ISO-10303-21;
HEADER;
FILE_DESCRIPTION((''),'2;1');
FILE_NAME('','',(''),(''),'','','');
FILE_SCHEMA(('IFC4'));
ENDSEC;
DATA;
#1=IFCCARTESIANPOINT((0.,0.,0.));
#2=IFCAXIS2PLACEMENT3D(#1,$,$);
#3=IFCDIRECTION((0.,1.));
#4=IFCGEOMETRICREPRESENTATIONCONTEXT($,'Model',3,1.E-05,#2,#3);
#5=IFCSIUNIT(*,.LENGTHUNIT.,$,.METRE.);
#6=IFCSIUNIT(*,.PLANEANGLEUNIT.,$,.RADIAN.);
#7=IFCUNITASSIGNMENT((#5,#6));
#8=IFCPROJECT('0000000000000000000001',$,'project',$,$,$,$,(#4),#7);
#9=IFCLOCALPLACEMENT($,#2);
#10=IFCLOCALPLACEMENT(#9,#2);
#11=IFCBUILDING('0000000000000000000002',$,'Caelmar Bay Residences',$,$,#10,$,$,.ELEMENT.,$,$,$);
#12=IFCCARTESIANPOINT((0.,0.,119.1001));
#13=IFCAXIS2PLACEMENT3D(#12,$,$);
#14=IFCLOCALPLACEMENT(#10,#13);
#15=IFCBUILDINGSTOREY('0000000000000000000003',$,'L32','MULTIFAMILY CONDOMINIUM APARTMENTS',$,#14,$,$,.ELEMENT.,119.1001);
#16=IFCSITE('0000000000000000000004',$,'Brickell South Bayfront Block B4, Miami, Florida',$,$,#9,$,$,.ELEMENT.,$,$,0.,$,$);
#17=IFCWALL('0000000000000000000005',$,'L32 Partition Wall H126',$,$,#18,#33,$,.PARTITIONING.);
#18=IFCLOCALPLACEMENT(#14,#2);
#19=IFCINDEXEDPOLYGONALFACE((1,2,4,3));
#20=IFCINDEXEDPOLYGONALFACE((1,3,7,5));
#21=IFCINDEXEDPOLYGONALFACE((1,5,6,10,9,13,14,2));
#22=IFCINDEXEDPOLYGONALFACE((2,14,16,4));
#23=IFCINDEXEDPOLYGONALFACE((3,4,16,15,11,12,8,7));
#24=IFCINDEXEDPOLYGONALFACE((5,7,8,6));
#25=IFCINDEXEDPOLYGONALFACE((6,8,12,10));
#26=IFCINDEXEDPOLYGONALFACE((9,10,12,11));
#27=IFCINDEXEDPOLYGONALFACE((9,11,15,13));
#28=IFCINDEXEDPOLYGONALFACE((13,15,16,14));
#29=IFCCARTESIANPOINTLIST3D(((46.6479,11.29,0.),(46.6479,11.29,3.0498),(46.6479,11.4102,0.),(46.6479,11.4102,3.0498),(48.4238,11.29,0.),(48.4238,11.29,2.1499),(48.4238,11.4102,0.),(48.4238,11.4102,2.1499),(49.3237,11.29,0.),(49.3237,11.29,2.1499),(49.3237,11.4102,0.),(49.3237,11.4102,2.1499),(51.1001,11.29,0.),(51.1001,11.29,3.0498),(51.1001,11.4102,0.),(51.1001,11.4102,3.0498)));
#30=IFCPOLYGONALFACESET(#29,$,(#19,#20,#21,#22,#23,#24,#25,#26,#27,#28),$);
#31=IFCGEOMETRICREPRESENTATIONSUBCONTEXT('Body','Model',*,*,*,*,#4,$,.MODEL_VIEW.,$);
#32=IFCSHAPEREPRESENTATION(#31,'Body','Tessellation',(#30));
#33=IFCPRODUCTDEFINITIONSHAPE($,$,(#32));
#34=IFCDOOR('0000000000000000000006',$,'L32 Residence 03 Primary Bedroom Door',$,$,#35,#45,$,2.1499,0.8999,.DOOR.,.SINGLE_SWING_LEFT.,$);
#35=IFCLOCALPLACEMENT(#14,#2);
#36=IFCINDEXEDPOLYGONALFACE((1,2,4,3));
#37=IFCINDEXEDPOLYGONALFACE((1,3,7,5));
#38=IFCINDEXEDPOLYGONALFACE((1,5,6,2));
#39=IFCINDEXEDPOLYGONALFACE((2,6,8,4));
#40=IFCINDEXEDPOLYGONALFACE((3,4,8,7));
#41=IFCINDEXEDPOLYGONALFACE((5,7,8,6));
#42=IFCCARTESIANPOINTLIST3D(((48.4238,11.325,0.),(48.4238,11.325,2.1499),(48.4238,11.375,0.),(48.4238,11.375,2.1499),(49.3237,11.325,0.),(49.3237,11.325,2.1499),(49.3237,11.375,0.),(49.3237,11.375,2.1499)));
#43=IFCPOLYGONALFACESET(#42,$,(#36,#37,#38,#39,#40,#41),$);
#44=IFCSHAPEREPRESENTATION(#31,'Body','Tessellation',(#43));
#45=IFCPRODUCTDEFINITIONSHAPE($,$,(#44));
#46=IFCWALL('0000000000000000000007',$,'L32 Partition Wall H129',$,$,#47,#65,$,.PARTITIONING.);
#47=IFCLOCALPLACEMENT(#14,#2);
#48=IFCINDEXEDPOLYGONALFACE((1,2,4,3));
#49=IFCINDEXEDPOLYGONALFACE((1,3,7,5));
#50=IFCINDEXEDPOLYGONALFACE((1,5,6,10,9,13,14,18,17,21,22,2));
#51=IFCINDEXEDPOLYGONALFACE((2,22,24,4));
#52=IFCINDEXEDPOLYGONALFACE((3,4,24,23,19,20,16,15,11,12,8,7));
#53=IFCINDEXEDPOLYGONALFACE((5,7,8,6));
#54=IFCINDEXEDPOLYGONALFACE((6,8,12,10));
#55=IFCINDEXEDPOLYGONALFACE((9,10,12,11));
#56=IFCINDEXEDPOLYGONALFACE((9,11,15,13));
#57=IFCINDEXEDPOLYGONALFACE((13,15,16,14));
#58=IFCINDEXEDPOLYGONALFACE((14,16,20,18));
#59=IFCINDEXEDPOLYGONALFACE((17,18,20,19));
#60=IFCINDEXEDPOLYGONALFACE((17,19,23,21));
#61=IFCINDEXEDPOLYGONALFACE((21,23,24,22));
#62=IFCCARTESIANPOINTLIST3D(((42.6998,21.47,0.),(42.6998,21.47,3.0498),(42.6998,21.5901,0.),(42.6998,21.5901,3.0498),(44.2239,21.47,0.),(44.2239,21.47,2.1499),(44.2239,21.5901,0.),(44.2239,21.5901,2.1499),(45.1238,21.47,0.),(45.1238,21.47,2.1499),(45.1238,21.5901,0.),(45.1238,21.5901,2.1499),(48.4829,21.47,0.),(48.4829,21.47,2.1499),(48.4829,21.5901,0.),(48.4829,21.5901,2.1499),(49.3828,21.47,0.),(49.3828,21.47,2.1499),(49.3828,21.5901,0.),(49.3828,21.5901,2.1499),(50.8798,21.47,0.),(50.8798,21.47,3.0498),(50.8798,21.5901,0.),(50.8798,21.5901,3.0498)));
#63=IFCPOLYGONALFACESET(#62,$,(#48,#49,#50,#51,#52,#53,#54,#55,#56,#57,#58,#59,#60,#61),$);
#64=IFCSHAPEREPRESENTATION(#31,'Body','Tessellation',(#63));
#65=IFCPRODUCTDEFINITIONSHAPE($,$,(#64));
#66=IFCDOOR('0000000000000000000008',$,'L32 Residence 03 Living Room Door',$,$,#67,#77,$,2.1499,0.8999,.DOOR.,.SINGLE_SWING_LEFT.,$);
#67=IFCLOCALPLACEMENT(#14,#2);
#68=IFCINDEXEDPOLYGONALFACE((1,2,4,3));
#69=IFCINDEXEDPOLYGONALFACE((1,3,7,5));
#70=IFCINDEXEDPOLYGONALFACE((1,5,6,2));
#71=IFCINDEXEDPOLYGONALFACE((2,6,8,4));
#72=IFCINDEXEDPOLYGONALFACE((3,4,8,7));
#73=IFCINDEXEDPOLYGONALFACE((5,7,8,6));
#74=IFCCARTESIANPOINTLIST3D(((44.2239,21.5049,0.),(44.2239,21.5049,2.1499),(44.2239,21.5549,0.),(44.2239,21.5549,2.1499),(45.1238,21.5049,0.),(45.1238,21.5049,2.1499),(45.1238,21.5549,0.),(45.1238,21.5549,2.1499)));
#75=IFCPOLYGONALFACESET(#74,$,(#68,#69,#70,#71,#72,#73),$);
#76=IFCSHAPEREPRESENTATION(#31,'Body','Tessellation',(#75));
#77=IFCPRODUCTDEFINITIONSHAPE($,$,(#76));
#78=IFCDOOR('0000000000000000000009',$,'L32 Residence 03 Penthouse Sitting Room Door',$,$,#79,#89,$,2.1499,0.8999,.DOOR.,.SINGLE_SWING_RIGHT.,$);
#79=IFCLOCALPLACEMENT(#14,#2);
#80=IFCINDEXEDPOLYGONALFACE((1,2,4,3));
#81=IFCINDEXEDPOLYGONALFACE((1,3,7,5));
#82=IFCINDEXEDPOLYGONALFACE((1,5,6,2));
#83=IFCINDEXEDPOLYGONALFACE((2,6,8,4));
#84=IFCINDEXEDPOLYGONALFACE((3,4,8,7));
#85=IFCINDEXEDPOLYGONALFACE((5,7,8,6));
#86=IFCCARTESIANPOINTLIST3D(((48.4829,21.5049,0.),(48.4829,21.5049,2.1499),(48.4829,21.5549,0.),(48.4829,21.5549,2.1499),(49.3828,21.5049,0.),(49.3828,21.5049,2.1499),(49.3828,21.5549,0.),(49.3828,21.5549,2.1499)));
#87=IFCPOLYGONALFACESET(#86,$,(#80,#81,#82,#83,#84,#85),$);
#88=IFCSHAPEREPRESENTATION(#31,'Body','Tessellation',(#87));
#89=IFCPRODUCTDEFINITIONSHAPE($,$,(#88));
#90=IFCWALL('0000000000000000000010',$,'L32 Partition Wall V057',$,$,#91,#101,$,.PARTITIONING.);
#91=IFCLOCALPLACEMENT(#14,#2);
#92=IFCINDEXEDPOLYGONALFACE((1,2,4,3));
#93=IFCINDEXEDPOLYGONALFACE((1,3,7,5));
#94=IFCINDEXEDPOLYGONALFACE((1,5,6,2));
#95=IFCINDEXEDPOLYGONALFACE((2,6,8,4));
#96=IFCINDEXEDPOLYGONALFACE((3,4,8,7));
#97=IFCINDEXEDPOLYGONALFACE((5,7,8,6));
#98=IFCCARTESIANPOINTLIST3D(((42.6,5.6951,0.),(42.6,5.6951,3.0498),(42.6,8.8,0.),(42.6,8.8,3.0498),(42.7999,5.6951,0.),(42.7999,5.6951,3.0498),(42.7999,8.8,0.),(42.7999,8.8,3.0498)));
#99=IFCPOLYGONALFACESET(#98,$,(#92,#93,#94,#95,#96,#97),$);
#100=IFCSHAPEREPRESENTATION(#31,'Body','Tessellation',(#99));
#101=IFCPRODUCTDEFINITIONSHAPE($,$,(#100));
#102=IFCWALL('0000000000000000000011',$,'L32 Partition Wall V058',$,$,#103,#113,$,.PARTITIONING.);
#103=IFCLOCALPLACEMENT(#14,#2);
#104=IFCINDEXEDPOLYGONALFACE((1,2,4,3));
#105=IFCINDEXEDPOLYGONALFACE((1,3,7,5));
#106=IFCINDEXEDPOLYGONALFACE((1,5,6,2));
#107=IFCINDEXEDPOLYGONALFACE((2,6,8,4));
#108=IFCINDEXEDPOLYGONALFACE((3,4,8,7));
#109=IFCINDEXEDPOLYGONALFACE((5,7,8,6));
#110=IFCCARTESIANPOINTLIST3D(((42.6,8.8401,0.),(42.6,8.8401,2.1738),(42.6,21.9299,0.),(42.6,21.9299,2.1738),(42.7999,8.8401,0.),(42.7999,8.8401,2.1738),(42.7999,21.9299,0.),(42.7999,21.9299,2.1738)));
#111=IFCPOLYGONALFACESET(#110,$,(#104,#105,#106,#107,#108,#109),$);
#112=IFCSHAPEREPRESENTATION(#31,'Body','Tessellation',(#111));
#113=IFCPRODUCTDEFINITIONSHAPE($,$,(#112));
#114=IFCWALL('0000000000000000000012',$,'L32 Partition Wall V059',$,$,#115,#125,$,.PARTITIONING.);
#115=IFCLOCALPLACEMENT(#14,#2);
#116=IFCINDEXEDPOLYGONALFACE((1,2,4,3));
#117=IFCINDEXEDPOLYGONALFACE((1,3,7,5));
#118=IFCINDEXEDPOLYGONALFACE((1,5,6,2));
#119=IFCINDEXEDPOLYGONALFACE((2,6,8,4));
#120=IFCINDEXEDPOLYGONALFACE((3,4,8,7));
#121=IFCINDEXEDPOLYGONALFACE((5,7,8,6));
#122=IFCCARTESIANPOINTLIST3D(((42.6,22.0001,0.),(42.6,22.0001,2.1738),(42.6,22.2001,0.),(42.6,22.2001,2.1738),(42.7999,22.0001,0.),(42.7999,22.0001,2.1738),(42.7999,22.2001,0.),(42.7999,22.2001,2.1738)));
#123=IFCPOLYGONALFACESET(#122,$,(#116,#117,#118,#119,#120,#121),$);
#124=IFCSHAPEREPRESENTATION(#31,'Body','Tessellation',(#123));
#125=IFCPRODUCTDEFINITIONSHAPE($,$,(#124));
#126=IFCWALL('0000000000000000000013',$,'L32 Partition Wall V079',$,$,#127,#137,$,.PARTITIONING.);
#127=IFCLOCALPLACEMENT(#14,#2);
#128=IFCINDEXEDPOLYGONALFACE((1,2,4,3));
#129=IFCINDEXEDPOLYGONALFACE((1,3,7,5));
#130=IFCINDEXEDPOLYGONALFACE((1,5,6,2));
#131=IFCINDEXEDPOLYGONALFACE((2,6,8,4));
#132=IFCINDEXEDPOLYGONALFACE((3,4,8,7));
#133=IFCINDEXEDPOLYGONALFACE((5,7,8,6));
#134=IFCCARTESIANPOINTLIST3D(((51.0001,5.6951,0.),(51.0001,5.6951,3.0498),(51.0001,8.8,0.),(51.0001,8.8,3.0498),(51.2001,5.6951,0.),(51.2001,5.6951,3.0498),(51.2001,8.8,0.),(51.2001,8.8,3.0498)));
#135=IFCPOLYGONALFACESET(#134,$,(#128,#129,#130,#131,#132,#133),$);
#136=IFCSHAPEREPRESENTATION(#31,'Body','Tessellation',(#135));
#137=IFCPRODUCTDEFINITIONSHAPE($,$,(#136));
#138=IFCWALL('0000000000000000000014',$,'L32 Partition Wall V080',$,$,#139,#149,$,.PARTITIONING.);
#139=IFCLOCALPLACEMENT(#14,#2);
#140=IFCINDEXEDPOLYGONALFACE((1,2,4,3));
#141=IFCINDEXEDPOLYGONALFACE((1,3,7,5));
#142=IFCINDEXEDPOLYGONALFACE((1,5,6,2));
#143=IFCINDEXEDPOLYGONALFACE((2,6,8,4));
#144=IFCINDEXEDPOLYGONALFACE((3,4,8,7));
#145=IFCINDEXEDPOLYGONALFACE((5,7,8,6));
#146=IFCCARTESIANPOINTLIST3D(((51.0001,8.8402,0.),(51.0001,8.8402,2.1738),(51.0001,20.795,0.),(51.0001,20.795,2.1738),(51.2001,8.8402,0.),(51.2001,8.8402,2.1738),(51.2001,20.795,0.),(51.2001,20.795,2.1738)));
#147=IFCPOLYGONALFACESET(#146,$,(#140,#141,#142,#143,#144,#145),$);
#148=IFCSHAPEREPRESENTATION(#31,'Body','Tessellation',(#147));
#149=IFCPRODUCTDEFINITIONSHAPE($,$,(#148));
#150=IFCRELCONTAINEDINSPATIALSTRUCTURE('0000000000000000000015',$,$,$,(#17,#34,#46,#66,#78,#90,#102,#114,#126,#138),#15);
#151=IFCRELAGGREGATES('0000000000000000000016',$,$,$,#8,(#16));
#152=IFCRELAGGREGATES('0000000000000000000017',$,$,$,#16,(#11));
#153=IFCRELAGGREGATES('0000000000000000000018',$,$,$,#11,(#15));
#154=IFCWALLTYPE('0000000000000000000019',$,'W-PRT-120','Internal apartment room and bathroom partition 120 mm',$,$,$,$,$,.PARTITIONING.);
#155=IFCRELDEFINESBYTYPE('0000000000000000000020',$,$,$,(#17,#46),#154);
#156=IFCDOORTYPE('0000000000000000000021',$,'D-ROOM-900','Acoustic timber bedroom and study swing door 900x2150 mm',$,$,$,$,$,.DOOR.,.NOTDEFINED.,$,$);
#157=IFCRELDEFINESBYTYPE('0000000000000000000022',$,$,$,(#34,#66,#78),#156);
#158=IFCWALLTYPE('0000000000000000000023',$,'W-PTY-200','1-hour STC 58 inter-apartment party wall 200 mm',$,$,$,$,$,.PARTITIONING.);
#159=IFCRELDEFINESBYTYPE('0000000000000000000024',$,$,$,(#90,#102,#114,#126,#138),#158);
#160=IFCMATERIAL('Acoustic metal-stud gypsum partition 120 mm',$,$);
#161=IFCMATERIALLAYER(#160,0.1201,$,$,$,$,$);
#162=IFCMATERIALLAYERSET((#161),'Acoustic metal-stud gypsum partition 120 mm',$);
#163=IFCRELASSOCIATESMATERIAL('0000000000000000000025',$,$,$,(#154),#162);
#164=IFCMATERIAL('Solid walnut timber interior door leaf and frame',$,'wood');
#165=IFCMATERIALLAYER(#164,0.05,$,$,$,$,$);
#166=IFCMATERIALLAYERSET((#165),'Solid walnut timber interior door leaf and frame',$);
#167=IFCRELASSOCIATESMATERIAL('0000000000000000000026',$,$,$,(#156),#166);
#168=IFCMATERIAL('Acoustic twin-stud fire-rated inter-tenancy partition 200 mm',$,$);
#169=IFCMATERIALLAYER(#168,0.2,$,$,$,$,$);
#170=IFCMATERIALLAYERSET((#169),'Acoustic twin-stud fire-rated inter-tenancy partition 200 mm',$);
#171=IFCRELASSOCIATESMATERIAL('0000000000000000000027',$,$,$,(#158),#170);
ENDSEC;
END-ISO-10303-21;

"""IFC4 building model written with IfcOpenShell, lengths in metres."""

from ifc_helpers import new_model, si_unit, direction, frame, frame_2d, origin, place, context, subcontext, project, spatial, rectangle, extrude, material, layer, layer_set, type_object, element, fill, save


model = new_model("IFC4")

# Units and contexts
model_context = context("Model", 3, precision=1e-05, world=origin(), true_north=direction((0.0, 1.0)))
body_context = subcontext(model_context, "Body", "Model", "MODEL_VIEW")
ifc_project = project(units=[si_unit("LENGTHUNIT", "METRE"), si_unit("PLANEANGLEUNIT", "RADIAN")], contexts=[model_context])

# Site, building, storey
site_placement = place(None, origin())
site = spatial("IfcSite", under=ifc_project, at=site_placement, Name="Brickell South Bayfront Block B4, Miami, Florida", CompositionType="ELEMENT", RefElevation=0.0)
building_placement = place(site_placement, origin())
building = spatial("IfcBuilding", under=site, at=building_placement, Name="Caelmar Bay Residences", CompositionType="ELEMENT")
storey_placement = place(building_placement, frame((0.0, 0.0, 119.1001)))
storey = spatial("IfcBuildingStorey", under=building, at=storey_placement, Name="L32", Description="MULTIFAMILY CONDOMINIUM APARTMENTS", CompositionType="ELEMENT", Elevation=119.1001)

# Shared definitions
ifc_material_1 = material(Name="Acoustic metal-stud gypsum partition 120 mm")
ifc_layer_1 = layer(ifc_material_1, 0.1201)
ifc_layer_set_1 = layer_set([ifc_layer_1], Name="Acoustic metal-stud gypsum partition 120 mm")
wall_type_1 = type_object("IfcWallType", Name="W-PRT-120", Description="Internal apartment room and bathroom partition 120 mm", PredefinedType="PARTITIONING", material=ifc_layer_set_1)

# Wall, opening, door
wall_1_placement = place(storey_placement, frame((46.6479, 11.3501, 0.0), z_axis=(0.0, 0.0, 1.0), x_axis=(1.0, 0.0, 0.0)))
wall_1 = element("IfcWall", 1, at=wall_1_placement, inside=storey, type_object=wall_type_1, Name="L32 Partition Wall H126", PredefinedType="PARTITIONING", context=body_context, shape_type="SweptSolid", body=[
    extrude(rectangle(XDim=4.4521, YDim=0.1201, at=frame_2d((2.2261, 0.0))), origin(), (0.0, 0.0, 1.0), 3.0498),
])
opening_1_placement = place(wall_1_placement, frame((1.7759, 0.0, 0.0)))
opening_1 = element("IfcOpeningElement", 2, at=opening_1_placement, cuts=wall_1, PredefinedType="OPENING", context=body_context, shape_type="SweptSolid", body=[
    extrude(rectangle(XDim=0.8999, YDim=2.1499, at=frame_2d((0.45, 1.075))), frame((0.0, 0.0701, 0.0), z_axis=(0.0, -1.0, 0.0), x_axis=(1.0, 0.0, 0.0)), (0.0, 0.0, 1.0), 0.1401),
])
ifc_material_2 = material(Name="Solid walnut timber interior door leaf and frame", Category="wood")
ifc_layer_2 = layer(ifc_material_2, 0.05)
ifc_layer_set_2 = layer_set([ifc_layer_2], Name="Solid walnut timber interior door leaf and frame")
door_type = type_object("IfcDoorType", Name="D-ROOM-900", Description="Acoustic timber bedroom and study swing door 900x2150 mm", OperationType="NOTDEFINED", PredefinedType="DOOR", material=ifc_layer_set_2)
door_1_placement = place(opening_1_placement, origin())
door_1 = element("IfcDoor", 3, at=door_1_placement, inside=storey, type_object=door_type, Name="L32 Residence 03 Primary Bedroom Door", OperationType="SINGLE_SWING_LEFT", OverallHeight=2.1499, OverallWidth=0.8999, PredefinedType="DOOR", context=body_context, shape_type="SweptSolid", body=[
    extrude(rectangle(XDim=0.8999, YDim=2.1499, at=frame_2d((0.45, 1.075))), frame((0.0, 0.0249, 0.0), z_axis=(0.0, -1.0, 0.0), x_axis=(1.0, 0.0, 0.0)), (0.0, 0.0, 1.0), 0.05),
])
fill(opening_1, door_1)

# Wall, openings, doors
wall_2_placement = place(storey_placement, frame((42.7, 21.53, 0.0), z_axis=(0.0, 0.0, 1.0), x_axis=(1.0, 0.0, 0.0)))
wall_2 = element("IfcWall", 4, at=wall_2_placement, inside=storey, type_object=wall_type_1, Name="L32 Partition Wall H129", PredefinedType="PARTITIONING", context=body_context, shape_type="SweptSolid", body=[
    extrude(rectangle(XDim=8.1799, YDim=0.1201, at=frame_2d((4.0898, 0.0))), origin(), (0.0, 0.0, 1.0), 3.0498),
])
opening_2_placement = place(wall_2_placement, frame((1.5239, 0.0, 0.0)))
opening_2 = element("IfcOpeningElement", 5, at=opening_2_placement, cuts=wall_2, PredefinedType="OPENING", context=body_context, shape_type="SweptSolid", body=[
    extrude(rectangle(XDim=0.8999, YDim=2.1499, at=frame_2d((0.45, 1.075))), frame((0.0, 0.0701, 0.0), z_axis=(0.0, -1.0, 0.0), x_axis=(1.0, 0.0, 0.0)), (0.0, 0.0, 1.0), 0.1401),
])
opening_3_placement = place(wall_2_placement, frame((5.783, 0.0, 0.0)))
opening_3 = element("IfcOpeningElement", 6, at=opening_3_placement, cuts=wall_2, PredefinedType="OPENING", context=body_context, shape_type="SweptSolid", body=[
    extrude(rectangle(XDim=0.8999, YDim=2.1499, at=frame_2d((0.45, 1.075))), frame((0.0, 0.0701, 0.0), z_axis=(0.0, -1.0, 0.0), x_axis=(1.0, 0.0, 0.0)), (0.0, 0.0, 1.0), 0.1401),
])
door_2_placement = place(opening_2_placement, origin())
door_2 = element("IfcDoor", 7, at=door_2_placement, inside=storey, type_object=door_type, Name="L32 Residence 03 Living Room Door", OperationType="SINGLE_SWING_LEFT", OverallHeight=2.1499, OverallWidth=0.8999, PredefinedType="DOOR", context=body_context, shape_type="SweptSolid", body=[
    extrude(rectangle(XDim=0.8999, YDim=2.1499, at=frame_2d((0.45, 1.075))), frame((0.0, 0.0249, 0.0), z_axis=(0.0, -1.0, 0.0), x_axis=(1.0, 0.0, 0.0)), (0.0, 0.0, 1.0), 0.05),
])
fill(opening_2, door_2)
door_3_placement = place(opening_3_placement, origin())
door_3 = element("IfcDoor", 8, at=door_3_placement, inside=storey, type_object=door_type, Name="L32 Residence 03 Penthouse Sitting Room Door", OperationType="SINGLE_SWING_RIGHT", OverallHeight=2.1499, OverallWidth=0.8999, PredefinedType="DOOR", context=body_context, shape_type="SweptSolid", body=[
    extrude(rectangle(XDim=0.8999, YDim=2.1499, at=frame_2d((0.45, 1.075))), frame((0.0, 0.0249, 0.0), z_axis=(0.0, -1.0, 0.0), x_axis=(1.0, 0.0, 0.0)), (0.0, 0.0, 1.0), 0.05),
])
fill(opening_3, door_3)

# Walls
ifc_material_3 = material(Name="Acoustic twin-stud fire-rated inter-tenancy partition 200 mm")
ifc_layer_3 = layer(ifc_material_3, 0.2)
ifc_layer_set_3 = layer_set([ifc_layer_3], Name="Acoustic twin-stud fire-rated inter-tenancy partition 200 mm")
wall_type_2 = type_object("IfcWallType", Name="W-PTY-200", Description="1-hour STC 58 inter-apartment party wall 200 mm", PredefinedType="PARTITIONING", material=ifc_layer_set_3)
wall_3_placement = place(storey_placement, frame((42.7, 5.6951, 0.0), z_axis=(0.0, 0.0, 1.0), x_axis=(0.0, 1.0, 0.0)))
element("IfcWall", 9, at=wall_3_placement, inside=storey, type_object=wall_type_2, Name="L32 Partition Wall V057", PredefinedType="PARTITIONING", context=body_context, shape_type="SweptSolid", body=[
    extrude(rectangle(XDim=3.105, YDim=0.2, at=frame_2d((1.5525, 0.0))), origin(), (0.0, 0.0, 1.0), 3.0498),
])
wall_4_placement = place(storey_placement, frame((42.7, 8.8401, 0.0), z_axis=(0.0, 0.0, 1.0), x_axis=(0.0, 1.0, 0.0)))
element("IfcWall", 10, at=wall_4_placement, inside=storey, type_object=wall_type_2, Name="L32 Partition Wall V058", PredefinedType="PARTITIONING", context=body_context, shape_type="SweptSolid", body=[
    extrude(rectangle(XDim=13.0898, YDim=0.2, at=frame_2d((6.5449, 0.0))), origin(), (0.0, 0.0, 1.0), 2.1738),
])
wall_5_placement = place(storey_placement, frame((42.7, 22.0, 0.0), z_axis=(0.0, 0.0, 1.0), x_axis=(0.0, 1.0, 0.0)))
element("IfcWall", 11, at=wall_5_placement, inside=storey, type_object=wall_type_2, Name="L32 Partition Wall V059", PredefinedType="PARTITIONING", context=body_context, shape_type="SweptSolid", body=[
    extrude(rectangle(XDim=0.2, YDim=0.2, at=frame_2d((0.1001, 0.0))), origin(), (0.0, 0.0, 1.0), 2.1738),
])
wall_6_placement = place(storey_placement, frame((51.1001, 5.6951, 0.0), z_axis=(0.0, 0.0, 1.0), x_axis=(0.0, 1.0, 0.0)))
element("IfcWall", 12, at=wall_6_placement, inside=storey, type_object=wall_type_2, Name="L32 Partition Wall V079", PredefinedType="PARTITIONING", context=body_context, shape_type="SweptSolid", body=[
    extrude(rectangle(XDim=3.105, YDim=0.2, at=frame_2d((1.5525, 0.0))), origin(), (0.0, 0.0, 1.0), 3.0498),
])
wall_7_placement = place(storey_placement, frame((51.1001, 8.8401, 0.0), z_axis=(0.0, 0.0, 1.0), x_axis=(0.0, 1.0, 0.0)))
element("IfcWall", 13, at=wall_7_placement, inside=storey, type_object=wall_type_2, Name="L32 Partition Wall V080", PredefinedType="PARTITIONING", context=body_context, shape_type="SweptSolid", body=[
    extrude(rectangle(XDim=11.9548, YDim=0.2, at=frame_2d((5.9775, 0.0))), origin(), (0.0, 0.0, 1.0), 2.1738),
])

save(model, "model.ifc")
